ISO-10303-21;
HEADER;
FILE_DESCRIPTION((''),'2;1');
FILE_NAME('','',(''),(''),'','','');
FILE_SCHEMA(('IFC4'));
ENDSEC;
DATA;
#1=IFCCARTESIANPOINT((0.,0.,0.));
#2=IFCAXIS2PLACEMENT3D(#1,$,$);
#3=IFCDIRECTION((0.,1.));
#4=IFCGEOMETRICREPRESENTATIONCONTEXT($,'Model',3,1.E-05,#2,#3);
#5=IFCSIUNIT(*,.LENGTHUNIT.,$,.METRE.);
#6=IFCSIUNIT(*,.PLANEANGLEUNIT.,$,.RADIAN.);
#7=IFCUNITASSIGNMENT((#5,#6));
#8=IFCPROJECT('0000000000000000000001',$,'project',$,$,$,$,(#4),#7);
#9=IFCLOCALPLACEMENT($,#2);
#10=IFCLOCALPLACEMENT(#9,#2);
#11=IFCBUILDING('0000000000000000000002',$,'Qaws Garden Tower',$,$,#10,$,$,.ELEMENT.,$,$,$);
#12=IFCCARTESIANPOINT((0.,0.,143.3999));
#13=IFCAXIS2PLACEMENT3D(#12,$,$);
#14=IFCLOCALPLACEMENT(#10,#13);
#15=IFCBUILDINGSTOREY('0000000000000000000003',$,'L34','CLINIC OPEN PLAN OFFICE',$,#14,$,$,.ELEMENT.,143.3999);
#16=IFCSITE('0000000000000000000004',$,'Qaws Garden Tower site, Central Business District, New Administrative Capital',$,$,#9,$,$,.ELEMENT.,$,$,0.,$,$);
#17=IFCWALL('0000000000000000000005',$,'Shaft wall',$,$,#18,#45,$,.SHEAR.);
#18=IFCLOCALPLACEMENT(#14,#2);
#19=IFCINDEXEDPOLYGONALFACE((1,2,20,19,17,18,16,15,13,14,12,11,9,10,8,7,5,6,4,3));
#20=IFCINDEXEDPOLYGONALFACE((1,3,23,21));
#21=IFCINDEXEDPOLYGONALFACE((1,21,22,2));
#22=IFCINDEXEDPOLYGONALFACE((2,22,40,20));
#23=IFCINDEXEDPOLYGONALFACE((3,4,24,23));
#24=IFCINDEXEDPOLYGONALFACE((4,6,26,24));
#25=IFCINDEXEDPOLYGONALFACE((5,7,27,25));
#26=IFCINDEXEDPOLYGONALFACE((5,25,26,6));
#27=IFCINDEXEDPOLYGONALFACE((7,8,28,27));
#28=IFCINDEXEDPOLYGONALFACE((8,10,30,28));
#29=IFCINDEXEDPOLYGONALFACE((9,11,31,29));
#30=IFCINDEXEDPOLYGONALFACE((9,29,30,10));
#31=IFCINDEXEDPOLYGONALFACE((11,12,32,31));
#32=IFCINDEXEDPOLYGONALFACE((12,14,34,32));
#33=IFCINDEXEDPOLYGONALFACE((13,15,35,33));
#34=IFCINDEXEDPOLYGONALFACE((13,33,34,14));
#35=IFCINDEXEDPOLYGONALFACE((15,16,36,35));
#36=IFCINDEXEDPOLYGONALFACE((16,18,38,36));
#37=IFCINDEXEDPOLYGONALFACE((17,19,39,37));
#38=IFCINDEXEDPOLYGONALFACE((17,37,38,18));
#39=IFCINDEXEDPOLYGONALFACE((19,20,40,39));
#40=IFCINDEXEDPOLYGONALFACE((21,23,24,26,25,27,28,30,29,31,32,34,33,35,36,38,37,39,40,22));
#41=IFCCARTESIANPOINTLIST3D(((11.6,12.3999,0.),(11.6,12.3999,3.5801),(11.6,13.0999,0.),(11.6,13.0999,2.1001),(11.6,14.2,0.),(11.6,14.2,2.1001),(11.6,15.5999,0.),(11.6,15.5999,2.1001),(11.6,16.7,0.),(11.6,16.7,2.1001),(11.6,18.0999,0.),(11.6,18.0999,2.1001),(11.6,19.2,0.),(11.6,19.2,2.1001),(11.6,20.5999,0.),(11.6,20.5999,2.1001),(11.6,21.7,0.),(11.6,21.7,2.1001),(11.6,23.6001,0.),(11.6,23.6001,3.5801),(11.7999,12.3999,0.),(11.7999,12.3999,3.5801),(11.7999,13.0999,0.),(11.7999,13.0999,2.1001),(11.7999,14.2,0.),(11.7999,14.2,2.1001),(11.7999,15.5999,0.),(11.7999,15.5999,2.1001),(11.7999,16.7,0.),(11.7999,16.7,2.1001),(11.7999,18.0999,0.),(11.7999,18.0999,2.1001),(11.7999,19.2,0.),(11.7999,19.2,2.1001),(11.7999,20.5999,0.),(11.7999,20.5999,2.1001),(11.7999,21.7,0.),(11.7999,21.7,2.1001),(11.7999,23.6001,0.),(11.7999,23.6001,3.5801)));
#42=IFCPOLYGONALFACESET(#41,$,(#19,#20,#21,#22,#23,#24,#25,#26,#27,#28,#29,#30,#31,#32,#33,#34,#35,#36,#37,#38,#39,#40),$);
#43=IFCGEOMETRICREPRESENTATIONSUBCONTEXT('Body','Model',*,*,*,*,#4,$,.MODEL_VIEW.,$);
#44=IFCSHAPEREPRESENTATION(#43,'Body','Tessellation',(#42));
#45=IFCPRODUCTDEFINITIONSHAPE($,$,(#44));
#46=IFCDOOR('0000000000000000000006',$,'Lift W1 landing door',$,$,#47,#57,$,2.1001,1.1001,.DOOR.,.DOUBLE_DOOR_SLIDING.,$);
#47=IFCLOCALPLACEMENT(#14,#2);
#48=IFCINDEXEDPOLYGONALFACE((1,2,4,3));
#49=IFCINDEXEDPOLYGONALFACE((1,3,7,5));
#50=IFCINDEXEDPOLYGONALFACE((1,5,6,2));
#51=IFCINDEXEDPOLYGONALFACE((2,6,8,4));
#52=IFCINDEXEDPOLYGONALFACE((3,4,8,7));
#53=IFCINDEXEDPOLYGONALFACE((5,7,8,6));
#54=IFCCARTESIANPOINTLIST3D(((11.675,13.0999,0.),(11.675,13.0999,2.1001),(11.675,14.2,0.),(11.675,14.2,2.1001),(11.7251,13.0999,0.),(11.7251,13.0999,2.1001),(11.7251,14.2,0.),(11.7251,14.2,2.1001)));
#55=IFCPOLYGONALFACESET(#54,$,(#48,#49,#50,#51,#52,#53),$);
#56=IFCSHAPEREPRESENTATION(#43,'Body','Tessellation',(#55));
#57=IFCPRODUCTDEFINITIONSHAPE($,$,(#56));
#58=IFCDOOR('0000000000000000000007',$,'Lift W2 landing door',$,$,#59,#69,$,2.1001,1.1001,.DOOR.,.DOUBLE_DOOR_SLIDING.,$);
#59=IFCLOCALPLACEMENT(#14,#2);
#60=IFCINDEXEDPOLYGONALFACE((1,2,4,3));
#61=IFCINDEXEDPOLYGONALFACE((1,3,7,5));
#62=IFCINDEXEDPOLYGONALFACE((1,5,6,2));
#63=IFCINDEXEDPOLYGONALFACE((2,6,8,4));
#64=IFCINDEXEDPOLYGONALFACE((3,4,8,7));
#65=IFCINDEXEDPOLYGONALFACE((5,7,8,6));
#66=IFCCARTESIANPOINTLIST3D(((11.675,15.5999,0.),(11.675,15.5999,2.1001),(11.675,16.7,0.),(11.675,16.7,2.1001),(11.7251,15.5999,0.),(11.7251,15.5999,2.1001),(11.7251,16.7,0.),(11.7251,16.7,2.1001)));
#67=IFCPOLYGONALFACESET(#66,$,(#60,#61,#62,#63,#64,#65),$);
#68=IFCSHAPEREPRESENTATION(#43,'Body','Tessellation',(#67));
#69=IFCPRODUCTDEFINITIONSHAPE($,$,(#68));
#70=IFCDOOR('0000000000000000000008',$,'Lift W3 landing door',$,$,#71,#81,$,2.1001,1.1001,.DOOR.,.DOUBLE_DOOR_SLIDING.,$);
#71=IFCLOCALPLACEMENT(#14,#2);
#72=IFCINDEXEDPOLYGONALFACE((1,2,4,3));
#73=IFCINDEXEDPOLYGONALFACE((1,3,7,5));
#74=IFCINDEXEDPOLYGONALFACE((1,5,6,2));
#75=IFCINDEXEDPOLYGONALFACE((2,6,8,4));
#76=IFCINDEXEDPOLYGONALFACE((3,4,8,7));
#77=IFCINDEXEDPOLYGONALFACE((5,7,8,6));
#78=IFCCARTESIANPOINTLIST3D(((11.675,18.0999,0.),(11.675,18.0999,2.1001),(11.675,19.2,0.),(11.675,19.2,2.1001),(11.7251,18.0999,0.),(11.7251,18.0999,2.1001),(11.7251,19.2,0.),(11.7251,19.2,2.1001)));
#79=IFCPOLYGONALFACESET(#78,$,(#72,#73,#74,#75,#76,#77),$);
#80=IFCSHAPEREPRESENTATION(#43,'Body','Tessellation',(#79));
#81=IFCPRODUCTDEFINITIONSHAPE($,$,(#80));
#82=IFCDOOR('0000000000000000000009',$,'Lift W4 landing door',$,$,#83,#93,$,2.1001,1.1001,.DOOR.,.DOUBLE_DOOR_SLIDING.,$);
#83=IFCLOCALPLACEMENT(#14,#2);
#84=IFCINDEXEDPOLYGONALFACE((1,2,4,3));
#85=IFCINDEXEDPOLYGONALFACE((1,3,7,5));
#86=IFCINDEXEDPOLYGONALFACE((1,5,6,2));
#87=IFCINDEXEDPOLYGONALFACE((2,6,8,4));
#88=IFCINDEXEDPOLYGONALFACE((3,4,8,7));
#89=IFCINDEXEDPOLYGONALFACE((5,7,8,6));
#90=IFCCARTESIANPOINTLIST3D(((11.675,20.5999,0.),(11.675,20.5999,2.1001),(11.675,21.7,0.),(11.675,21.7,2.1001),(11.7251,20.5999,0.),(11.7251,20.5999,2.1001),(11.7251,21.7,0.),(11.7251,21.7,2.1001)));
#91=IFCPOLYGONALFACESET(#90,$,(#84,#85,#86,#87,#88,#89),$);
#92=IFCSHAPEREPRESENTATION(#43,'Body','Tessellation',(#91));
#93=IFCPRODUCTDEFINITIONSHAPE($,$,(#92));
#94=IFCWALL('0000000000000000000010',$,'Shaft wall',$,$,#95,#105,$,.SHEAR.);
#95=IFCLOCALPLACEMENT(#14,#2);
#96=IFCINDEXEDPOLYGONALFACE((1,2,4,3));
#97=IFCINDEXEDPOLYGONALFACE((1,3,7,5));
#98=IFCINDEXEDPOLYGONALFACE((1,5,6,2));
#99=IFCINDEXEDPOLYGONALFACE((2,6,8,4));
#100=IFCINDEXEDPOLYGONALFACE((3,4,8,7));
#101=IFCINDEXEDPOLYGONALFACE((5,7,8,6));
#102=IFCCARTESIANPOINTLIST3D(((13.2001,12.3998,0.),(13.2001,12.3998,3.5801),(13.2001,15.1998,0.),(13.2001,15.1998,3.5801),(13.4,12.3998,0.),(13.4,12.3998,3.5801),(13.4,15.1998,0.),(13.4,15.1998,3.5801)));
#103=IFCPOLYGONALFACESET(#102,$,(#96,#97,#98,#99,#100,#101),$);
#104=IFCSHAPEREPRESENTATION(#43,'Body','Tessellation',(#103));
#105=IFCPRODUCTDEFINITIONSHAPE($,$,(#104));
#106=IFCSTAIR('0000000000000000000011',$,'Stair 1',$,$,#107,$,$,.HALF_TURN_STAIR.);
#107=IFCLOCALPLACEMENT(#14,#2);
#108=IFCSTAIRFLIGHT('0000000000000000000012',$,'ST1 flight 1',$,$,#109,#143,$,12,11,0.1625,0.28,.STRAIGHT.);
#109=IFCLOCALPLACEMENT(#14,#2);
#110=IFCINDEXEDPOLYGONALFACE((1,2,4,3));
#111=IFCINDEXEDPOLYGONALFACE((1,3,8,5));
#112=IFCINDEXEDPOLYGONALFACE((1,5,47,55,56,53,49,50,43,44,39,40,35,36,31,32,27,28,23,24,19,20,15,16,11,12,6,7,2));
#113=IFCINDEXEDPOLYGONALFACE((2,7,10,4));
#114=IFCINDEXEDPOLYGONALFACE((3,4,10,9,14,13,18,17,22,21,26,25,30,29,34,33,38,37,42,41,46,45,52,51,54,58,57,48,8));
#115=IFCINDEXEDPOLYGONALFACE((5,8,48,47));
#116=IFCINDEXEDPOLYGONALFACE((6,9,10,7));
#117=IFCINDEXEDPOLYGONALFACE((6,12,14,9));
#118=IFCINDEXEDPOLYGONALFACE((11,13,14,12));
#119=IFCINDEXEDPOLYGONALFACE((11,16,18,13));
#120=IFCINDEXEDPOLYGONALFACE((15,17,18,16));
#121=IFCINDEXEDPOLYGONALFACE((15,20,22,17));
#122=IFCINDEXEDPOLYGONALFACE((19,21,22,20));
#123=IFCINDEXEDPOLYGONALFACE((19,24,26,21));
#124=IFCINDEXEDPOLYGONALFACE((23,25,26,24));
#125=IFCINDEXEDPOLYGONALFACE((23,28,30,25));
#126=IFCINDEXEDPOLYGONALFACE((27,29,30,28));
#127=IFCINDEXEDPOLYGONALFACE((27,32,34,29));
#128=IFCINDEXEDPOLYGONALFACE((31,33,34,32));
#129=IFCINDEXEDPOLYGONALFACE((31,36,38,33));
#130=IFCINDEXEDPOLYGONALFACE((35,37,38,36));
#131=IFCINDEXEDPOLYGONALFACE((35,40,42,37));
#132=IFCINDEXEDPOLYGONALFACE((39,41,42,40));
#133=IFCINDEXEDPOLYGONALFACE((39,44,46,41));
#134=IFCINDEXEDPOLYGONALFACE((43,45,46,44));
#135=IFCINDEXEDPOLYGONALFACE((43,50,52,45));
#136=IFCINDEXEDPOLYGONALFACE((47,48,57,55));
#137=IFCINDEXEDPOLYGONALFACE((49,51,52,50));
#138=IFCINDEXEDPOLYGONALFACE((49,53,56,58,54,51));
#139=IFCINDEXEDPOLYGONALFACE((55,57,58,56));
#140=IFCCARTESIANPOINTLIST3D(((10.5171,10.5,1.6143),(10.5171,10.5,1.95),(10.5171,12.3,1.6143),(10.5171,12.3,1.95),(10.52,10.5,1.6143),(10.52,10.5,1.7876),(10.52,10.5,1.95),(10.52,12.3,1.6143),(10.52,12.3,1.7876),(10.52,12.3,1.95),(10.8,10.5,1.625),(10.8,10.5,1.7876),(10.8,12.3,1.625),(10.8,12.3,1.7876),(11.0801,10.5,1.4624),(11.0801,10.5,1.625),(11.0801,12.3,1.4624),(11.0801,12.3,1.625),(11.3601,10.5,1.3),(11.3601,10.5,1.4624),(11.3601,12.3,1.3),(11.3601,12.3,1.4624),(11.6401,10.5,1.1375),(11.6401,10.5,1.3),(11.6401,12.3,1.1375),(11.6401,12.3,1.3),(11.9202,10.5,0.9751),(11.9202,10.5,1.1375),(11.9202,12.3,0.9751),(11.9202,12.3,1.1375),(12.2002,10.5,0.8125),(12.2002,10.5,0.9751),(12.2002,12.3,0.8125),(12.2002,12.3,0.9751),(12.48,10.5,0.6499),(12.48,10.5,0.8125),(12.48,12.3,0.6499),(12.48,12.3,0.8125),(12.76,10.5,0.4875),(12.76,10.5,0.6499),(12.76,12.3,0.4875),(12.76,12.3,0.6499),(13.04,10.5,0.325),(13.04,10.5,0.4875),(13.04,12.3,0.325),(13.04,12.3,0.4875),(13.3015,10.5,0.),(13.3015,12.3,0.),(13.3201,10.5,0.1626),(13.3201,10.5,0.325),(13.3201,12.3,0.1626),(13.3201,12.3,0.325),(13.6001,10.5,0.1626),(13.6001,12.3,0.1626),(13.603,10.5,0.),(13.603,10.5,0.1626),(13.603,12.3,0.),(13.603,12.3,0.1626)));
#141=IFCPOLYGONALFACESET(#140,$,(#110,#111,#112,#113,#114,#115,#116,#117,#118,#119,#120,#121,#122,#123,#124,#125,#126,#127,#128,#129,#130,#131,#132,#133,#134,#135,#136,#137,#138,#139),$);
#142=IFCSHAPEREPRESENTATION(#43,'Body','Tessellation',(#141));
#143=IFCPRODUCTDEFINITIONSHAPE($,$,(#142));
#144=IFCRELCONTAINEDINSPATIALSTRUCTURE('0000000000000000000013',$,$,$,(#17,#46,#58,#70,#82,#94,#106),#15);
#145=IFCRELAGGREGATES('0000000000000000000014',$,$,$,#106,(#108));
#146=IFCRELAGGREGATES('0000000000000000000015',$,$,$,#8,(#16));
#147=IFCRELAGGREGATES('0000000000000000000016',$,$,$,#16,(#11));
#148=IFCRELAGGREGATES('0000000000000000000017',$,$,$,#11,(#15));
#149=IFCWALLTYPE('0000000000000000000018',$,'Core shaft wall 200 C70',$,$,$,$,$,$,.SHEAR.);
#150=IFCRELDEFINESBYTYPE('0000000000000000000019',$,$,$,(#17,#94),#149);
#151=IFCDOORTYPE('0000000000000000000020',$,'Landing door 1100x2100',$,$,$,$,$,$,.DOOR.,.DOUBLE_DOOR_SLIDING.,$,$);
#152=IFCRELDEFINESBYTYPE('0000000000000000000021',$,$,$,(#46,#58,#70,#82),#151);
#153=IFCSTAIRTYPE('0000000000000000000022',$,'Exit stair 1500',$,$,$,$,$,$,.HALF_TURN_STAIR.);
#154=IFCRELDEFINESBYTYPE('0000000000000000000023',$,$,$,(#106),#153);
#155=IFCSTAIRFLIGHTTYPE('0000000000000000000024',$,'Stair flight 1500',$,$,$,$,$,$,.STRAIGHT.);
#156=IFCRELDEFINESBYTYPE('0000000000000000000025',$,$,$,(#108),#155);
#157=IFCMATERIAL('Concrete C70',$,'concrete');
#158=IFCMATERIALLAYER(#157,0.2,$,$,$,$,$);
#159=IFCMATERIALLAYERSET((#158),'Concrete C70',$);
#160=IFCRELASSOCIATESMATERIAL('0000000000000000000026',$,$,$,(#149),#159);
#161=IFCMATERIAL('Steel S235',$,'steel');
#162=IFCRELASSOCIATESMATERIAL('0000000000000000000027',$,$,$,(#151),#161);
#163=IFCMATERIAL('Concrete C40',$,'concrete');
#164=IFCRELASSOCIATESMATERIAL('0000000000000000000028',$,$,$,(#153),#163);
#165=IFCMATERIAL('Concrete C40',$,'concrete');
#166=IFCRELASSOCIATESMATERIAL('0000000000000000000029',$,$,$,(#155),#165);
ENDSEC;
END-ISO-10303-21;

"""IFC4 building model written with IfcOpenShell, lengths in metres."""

from ifc_helpers import new_model, si_unit, direction, frame, frame_2d, origin, place, context, subcontext, project, spatial, polyline, rectangle, outline, extrude, material, layer, layer_set, type_object, element, fill, aggregate, save


model = new_model("IFC4")

# Units and contexts
model_context = context("Model", 3, precision=1e-05, world=origin(), true_north=direction((0.0, 1.0)))
body_context = subcontext(model_context, "Body", "Model", "MODEL_VIEW")
ifc_project = project(units=[si_unit("LENGTHUNIT", "METRE"), si_unit("PLANEANGLEUNIT", "RADIAN")], contexts=[model_context])

# Site, building, storey
site_placement = place(None, origin())
site = spatial("IfcSite", under=ifc_project, at=site_placement, Name="Qaws Garden Tower site, Central Business District, New Administrative Capital", CompositionType="ELEMENT", RefElevation=0.0)
building_placement = place(site_placement, origin())
building = spatial("IfcBuilding", under=site, at=building_placement, Name="Qaws Garden Tower", CompositionType="ELEMENT")
storey_placement = place(building_placement, frame((0.0, 0.0, 143.3999)))
storey = spatial("IfcBuildingStorey", under=building, at=storey_placement, Name="L34", Description="CLINIC OPEN PLAN OFFICE", CompositionType="ELEMENT", Elevation=143.3999)

# Shared definitions
ifc_material_1 = material(Name="Concrete C70", Category="concrete")
ifc_layer_1 = layer(ifc_material_1, 0.2)
ifc_layer_set_1 = layer_set([ifc_layer_1], Name="Concrete C70")
wall_type_1 = type_object("IfcWallType", Name="Core shaft wall 200 C70", PredefinedType="SHEAR", material=ifc_layer_set_1)

# Shared definitions
ifc_material_2 = material(Name="Steel S235", Category="steel")
door_type_1 = type_object("IfcDoorType", Name="Landing door 1100x2100", OperationType="DOUBLE_DOOR_SLIDING", PredefinedType="DOOR", material=ifc_material_2)

# Wall, openings, doors
wall_1_placement = place(storey_placement, frame((11.7, 12.3999, 0.0), z_axis=(0.0, 0.0, 1.0), x_axis=(0.0, 1.0, 0.0)))
wall_1 = element("IfcWall", 1, at=wall_1_placement, inside=storey, type_object=wall_type_1, Name="Shaft wall", PredefinedType="SHEAR", context=body_context, shape_type="SweptSolid", body=[
    extrude(rectangle(XDim=11.2002, YDim=0.2, at=frame_2d((5.6001, 0.0))), origin(), (0.0, 0.0, 1.0), 3.5801),
])
opening_1_placement = place(wall_1_placement, frame((0.7, 0.0, 0.0)))
opening_1 = element("IfcOpeningElement", 2, at=opening_1_placement, cuts=wall_1, PredefinedType="OPENING", context=body_context, shape_type="SweptSolid", body=[
    extrude(rectangle(XDim=1.1001, YDim=2.1001, at=frame_2d((0.55, 1.05))), frame((0.0, 0.1099, 0.0), z_axis=(0.0, -1.0, 0.0), x_axis=(1.0, 0.0, 0.0)), (0.0, 0.0, 1.0), 0.22),
])
opening_2_placement = place(wall_1_placement, frame((3.2, 0.0, 0.0)))
opening_2 = element("IfcOpeningElement", 3, at=opening_2_placement, cuts=wall_1, PredefinedType="OPENING", context=body_context, shape_type="SweptSolid", body=[
    extrude(rectangle(XDim=1.1001, YDim=2.1001, at=frame_2d((0.55, 1.05))), frame((0.0, 0.1099, 0.0), z_axis=(0.0, -1.0, 0.0), x_axis=(1.0, 0.0, 0.0)), (0.0, 0.0, 1.0), 0.22),
])
opening_3_placement = place(wall_1_placement, frame((5.7, 0.0, 0.0)))
opening_3 = element("IfcOpeningElement", 4, at=opening_3_placement, cuts=wall_1, PredefinedType="OPENING", context=body_context, shape_type="SweptSolid", body=[
    extrude(rectangle(XDim=1.1001, YDim=2.1001, at=frame_2d((0.55, 1.05))), frame((0.0, 0.1099, 0.0), z_axis=(0.0, -1.0, 0.0), x_axis=(1.0, 0.0, 0.0)), (0.0, 0.0, 1.0), 0.22),
])
opening_4_placement = place(wall_1_placement, frame((8.2, 0.0, 0.0)))
opening_4 = element("IfcOpeningElement", 5, at=opening_4_placement, cuts=wall_1, PredefinedType="OPENING", context=body_context, shape_type="SweptSolid", body=[
    extrude(rectangle(XDim=1.1001, YDim=2.1001, at=frame_2d((0.55, 1.05))), frame((0.0, 0.1099, 0.0), z_axis=(0.0, -1.0, 0.0), x_axis=(1.0, 0.0, 0.0)), (0.0, 0.0, 1.0), 0.22),
])
door_1_placement = place(opening_1_placement, origin())
door_1 = element("IfcDoor", 6, at=door_1_placement, inside=storey, type_object=door_type_1, Name="Lift W1 landing door", OperationType="DOUBLE_DOOR_SLIDING", OverallHeight=2.1001, OverallWidth=1.1001, PredefinedType="DOOR", context=body_context, shape_type="SweptSolid", body=[
    extrude(rectangle(XDim=1.1001, YDim=2.1001, at=frame_2d((0.55, 1.05))), frame((0.0, 0.0249, 0.0), z_axis=(0.0, -1.0, 0.0), x_axis=(1.0, 0.0, 0.0)), (0.0, 0.0, 1.0), 0.05),
])
fill(opening_1, door_1)
door_2_placement = place(opening_2_placement, origin())
door_2 = element("IfcDoor", 7, at=door_2_placement, inside=storey, type_object=door_type_1, Name="Lift W2 landing door", OperationType="DOUBLE_DOOR_SLIDING", OverallHeight=2.1001, OverallWidth=1.1001, PredefinedType="DOOR", context=body_context, shape_type="SweptSolid", body=[
    extrude(rectangle(XDim=1.1001, YDim=2.1001, at=frame_2d((0.55, 1.05))), frame((0.0, 0.0249, 0.0), z_axis=(0.0, -1.0, 0.0), x_axis=(1.0, 0.0, 0.0)), (0.0, 0.0, 1.0), 0.05),
])
fill(opening_2, door_2)
door_3_placement = place(opening_3_placement, origin())
door_3 = element("IfcDoor", 8, at=door_3_placement, inside=storey, type_object=door_type_1, Name="Lift W3 landing door", OperationType="DOUBLE_DOOR_SLIDING", OverallHeight=2.1001, OverallWidth=1.1001, PredefinedType="DOOR", context=body_context, shape_type="SweptSolid", body=[
    extrude(rectangle(XDim=1.1001, YDim=2.1001, at=frame_2d((0.55, 1.05))), frame((0.0, 0.0249, 0.0), z_axis=(0.0, -1.0, 0.0), x_axis=(1.0, 0.0, 0.0)), (0.0, 0.0, 1.0), 0.05),
])
fill(opening_3, door_3)
door_4_placement = place(opening_4_placement, origin())
door_4 = element("IfcDoor", 9, at=door_4_placement, inside=storey, type_object=door_type_1, Name="Lift W4 landing door", OperationType="DOUBLE_DOOR_SLIDING", OverallHeight=2.1001, OverallWidth=1.1001, PredefinedType="DOOR", context=body_context, shape_type="SweptSolid", body=[
    extrude(rectangle(XDim=1.1001, YDim=2.1001, at=frame_2d((0.55, 1.05))), frame((0.0, 0.0249, 0.0), z_axis=(0.0, -1.0, 0.0), x_axis=(1.0, 0.0, 0.0)), (0.0, 0.0, 1.0), 0.05),
])
fill(opening_4, door_4)

# Wall
wall_2_placement = place(storey_placement, frame((13.3, 12.3999, 0.0), z_axis=(0.0, 0.0, 1.0), x_axis=(0.0, 1.0, 0.0)))
element("IfcWall", 10, at=wall_2_placement, inside=storey, type_object=wall_type_1, Name="Shaft wall", PredefinedType="SHEAR", context=body_context, shape_type="SweptSolid", body=[
    extrude(rectangle(XDim=2.8, YDim=0.2, at=frame_2d((1.3999, 0.0))), origin(), (0.0, 0.0, 1.0), 3.5801),
])

# Stair, stair flight
ifc_material_3 = material(Name="Concrete C40", Category="concrete")
stair_type = type_object("IfcStairType", Name="Exit stair 1500", PredefinedType="HALF_TURN_STAIR", material=ifc_material_3)
stair_placement = place(storey_placement, origin())
stair = element("IfcStair", 11, at=stair_placement, inside=storey, type_object=stair_type, Name="Stair 1", PredefinedType="HALF_TURN_STAIR")
ifc_material_4 = material(Name="Concrete C40", Category="concrete")
stair_flight_type = type_object("IfcStairFlightType", Name="Stair flight 1500", PredefinedType="STRAIGHT", material=ifc_material_4)
stair_flight_1_placement = place(storey_placement, frame((13.6001, 11.3999, 0.0), z_axis=(0.0, 0.0, 1.0), x_axis=(-1.0, 0.0, 0.0)))
stair_flight_1 = element("IfcStairFlight", 12, at=stair_flight_1_placement, type_object=stair_flight_type, Name="ST1 flight 1", NumberOfRisers=12, NumberOfTreads=11, PredefinedType="STRAIGHT", RiserHeight=0.1625, TreadLength=0.28, context=body_context, shape_type="SweptSolid", body=[
    extrude(outline(polyline([(-0.0029, 0.0), (-0.0029, 0.1626), (0.0, 0.1626), (0.28, 0.1626), (0.28, 0.325), (0.5601, 0.325), (0.5601, 0.4875), (0.8401, 0.4875), (0.8401, 0.6499), (1.1201, 0.6499), (1.1201, 0.8125), (1.3999, 0.8125), (1.3999, 0.9751), (1.6799, 0.9751), (1.6799, 1.1375), (1.96, 1.1375), (1.96, 1.3), (2.24, 1.3), (2.24, 1.4624), (2.52, 1.4624), (2.52, 1.625), (2.8, 1.625), (2.8, 1.7876), (3.0801, 1.7876), (3.0801, 1.95), (3.083, 1.95), (3.083, 1.6143), (3.0801, 1.6143), (0.2986, 0.0), (-0.0029, 0.0)])), frame((0.0, 0.8999, 0.0), z_axis=(0.0, -1.0, 0.0), x_axis=(1.0, 0.0, 0.0)), (0.0, 0.0, 1.0), 1.8),
])
aggregate(stair, [stair_flight_1])

save(model, "model.ifc")
